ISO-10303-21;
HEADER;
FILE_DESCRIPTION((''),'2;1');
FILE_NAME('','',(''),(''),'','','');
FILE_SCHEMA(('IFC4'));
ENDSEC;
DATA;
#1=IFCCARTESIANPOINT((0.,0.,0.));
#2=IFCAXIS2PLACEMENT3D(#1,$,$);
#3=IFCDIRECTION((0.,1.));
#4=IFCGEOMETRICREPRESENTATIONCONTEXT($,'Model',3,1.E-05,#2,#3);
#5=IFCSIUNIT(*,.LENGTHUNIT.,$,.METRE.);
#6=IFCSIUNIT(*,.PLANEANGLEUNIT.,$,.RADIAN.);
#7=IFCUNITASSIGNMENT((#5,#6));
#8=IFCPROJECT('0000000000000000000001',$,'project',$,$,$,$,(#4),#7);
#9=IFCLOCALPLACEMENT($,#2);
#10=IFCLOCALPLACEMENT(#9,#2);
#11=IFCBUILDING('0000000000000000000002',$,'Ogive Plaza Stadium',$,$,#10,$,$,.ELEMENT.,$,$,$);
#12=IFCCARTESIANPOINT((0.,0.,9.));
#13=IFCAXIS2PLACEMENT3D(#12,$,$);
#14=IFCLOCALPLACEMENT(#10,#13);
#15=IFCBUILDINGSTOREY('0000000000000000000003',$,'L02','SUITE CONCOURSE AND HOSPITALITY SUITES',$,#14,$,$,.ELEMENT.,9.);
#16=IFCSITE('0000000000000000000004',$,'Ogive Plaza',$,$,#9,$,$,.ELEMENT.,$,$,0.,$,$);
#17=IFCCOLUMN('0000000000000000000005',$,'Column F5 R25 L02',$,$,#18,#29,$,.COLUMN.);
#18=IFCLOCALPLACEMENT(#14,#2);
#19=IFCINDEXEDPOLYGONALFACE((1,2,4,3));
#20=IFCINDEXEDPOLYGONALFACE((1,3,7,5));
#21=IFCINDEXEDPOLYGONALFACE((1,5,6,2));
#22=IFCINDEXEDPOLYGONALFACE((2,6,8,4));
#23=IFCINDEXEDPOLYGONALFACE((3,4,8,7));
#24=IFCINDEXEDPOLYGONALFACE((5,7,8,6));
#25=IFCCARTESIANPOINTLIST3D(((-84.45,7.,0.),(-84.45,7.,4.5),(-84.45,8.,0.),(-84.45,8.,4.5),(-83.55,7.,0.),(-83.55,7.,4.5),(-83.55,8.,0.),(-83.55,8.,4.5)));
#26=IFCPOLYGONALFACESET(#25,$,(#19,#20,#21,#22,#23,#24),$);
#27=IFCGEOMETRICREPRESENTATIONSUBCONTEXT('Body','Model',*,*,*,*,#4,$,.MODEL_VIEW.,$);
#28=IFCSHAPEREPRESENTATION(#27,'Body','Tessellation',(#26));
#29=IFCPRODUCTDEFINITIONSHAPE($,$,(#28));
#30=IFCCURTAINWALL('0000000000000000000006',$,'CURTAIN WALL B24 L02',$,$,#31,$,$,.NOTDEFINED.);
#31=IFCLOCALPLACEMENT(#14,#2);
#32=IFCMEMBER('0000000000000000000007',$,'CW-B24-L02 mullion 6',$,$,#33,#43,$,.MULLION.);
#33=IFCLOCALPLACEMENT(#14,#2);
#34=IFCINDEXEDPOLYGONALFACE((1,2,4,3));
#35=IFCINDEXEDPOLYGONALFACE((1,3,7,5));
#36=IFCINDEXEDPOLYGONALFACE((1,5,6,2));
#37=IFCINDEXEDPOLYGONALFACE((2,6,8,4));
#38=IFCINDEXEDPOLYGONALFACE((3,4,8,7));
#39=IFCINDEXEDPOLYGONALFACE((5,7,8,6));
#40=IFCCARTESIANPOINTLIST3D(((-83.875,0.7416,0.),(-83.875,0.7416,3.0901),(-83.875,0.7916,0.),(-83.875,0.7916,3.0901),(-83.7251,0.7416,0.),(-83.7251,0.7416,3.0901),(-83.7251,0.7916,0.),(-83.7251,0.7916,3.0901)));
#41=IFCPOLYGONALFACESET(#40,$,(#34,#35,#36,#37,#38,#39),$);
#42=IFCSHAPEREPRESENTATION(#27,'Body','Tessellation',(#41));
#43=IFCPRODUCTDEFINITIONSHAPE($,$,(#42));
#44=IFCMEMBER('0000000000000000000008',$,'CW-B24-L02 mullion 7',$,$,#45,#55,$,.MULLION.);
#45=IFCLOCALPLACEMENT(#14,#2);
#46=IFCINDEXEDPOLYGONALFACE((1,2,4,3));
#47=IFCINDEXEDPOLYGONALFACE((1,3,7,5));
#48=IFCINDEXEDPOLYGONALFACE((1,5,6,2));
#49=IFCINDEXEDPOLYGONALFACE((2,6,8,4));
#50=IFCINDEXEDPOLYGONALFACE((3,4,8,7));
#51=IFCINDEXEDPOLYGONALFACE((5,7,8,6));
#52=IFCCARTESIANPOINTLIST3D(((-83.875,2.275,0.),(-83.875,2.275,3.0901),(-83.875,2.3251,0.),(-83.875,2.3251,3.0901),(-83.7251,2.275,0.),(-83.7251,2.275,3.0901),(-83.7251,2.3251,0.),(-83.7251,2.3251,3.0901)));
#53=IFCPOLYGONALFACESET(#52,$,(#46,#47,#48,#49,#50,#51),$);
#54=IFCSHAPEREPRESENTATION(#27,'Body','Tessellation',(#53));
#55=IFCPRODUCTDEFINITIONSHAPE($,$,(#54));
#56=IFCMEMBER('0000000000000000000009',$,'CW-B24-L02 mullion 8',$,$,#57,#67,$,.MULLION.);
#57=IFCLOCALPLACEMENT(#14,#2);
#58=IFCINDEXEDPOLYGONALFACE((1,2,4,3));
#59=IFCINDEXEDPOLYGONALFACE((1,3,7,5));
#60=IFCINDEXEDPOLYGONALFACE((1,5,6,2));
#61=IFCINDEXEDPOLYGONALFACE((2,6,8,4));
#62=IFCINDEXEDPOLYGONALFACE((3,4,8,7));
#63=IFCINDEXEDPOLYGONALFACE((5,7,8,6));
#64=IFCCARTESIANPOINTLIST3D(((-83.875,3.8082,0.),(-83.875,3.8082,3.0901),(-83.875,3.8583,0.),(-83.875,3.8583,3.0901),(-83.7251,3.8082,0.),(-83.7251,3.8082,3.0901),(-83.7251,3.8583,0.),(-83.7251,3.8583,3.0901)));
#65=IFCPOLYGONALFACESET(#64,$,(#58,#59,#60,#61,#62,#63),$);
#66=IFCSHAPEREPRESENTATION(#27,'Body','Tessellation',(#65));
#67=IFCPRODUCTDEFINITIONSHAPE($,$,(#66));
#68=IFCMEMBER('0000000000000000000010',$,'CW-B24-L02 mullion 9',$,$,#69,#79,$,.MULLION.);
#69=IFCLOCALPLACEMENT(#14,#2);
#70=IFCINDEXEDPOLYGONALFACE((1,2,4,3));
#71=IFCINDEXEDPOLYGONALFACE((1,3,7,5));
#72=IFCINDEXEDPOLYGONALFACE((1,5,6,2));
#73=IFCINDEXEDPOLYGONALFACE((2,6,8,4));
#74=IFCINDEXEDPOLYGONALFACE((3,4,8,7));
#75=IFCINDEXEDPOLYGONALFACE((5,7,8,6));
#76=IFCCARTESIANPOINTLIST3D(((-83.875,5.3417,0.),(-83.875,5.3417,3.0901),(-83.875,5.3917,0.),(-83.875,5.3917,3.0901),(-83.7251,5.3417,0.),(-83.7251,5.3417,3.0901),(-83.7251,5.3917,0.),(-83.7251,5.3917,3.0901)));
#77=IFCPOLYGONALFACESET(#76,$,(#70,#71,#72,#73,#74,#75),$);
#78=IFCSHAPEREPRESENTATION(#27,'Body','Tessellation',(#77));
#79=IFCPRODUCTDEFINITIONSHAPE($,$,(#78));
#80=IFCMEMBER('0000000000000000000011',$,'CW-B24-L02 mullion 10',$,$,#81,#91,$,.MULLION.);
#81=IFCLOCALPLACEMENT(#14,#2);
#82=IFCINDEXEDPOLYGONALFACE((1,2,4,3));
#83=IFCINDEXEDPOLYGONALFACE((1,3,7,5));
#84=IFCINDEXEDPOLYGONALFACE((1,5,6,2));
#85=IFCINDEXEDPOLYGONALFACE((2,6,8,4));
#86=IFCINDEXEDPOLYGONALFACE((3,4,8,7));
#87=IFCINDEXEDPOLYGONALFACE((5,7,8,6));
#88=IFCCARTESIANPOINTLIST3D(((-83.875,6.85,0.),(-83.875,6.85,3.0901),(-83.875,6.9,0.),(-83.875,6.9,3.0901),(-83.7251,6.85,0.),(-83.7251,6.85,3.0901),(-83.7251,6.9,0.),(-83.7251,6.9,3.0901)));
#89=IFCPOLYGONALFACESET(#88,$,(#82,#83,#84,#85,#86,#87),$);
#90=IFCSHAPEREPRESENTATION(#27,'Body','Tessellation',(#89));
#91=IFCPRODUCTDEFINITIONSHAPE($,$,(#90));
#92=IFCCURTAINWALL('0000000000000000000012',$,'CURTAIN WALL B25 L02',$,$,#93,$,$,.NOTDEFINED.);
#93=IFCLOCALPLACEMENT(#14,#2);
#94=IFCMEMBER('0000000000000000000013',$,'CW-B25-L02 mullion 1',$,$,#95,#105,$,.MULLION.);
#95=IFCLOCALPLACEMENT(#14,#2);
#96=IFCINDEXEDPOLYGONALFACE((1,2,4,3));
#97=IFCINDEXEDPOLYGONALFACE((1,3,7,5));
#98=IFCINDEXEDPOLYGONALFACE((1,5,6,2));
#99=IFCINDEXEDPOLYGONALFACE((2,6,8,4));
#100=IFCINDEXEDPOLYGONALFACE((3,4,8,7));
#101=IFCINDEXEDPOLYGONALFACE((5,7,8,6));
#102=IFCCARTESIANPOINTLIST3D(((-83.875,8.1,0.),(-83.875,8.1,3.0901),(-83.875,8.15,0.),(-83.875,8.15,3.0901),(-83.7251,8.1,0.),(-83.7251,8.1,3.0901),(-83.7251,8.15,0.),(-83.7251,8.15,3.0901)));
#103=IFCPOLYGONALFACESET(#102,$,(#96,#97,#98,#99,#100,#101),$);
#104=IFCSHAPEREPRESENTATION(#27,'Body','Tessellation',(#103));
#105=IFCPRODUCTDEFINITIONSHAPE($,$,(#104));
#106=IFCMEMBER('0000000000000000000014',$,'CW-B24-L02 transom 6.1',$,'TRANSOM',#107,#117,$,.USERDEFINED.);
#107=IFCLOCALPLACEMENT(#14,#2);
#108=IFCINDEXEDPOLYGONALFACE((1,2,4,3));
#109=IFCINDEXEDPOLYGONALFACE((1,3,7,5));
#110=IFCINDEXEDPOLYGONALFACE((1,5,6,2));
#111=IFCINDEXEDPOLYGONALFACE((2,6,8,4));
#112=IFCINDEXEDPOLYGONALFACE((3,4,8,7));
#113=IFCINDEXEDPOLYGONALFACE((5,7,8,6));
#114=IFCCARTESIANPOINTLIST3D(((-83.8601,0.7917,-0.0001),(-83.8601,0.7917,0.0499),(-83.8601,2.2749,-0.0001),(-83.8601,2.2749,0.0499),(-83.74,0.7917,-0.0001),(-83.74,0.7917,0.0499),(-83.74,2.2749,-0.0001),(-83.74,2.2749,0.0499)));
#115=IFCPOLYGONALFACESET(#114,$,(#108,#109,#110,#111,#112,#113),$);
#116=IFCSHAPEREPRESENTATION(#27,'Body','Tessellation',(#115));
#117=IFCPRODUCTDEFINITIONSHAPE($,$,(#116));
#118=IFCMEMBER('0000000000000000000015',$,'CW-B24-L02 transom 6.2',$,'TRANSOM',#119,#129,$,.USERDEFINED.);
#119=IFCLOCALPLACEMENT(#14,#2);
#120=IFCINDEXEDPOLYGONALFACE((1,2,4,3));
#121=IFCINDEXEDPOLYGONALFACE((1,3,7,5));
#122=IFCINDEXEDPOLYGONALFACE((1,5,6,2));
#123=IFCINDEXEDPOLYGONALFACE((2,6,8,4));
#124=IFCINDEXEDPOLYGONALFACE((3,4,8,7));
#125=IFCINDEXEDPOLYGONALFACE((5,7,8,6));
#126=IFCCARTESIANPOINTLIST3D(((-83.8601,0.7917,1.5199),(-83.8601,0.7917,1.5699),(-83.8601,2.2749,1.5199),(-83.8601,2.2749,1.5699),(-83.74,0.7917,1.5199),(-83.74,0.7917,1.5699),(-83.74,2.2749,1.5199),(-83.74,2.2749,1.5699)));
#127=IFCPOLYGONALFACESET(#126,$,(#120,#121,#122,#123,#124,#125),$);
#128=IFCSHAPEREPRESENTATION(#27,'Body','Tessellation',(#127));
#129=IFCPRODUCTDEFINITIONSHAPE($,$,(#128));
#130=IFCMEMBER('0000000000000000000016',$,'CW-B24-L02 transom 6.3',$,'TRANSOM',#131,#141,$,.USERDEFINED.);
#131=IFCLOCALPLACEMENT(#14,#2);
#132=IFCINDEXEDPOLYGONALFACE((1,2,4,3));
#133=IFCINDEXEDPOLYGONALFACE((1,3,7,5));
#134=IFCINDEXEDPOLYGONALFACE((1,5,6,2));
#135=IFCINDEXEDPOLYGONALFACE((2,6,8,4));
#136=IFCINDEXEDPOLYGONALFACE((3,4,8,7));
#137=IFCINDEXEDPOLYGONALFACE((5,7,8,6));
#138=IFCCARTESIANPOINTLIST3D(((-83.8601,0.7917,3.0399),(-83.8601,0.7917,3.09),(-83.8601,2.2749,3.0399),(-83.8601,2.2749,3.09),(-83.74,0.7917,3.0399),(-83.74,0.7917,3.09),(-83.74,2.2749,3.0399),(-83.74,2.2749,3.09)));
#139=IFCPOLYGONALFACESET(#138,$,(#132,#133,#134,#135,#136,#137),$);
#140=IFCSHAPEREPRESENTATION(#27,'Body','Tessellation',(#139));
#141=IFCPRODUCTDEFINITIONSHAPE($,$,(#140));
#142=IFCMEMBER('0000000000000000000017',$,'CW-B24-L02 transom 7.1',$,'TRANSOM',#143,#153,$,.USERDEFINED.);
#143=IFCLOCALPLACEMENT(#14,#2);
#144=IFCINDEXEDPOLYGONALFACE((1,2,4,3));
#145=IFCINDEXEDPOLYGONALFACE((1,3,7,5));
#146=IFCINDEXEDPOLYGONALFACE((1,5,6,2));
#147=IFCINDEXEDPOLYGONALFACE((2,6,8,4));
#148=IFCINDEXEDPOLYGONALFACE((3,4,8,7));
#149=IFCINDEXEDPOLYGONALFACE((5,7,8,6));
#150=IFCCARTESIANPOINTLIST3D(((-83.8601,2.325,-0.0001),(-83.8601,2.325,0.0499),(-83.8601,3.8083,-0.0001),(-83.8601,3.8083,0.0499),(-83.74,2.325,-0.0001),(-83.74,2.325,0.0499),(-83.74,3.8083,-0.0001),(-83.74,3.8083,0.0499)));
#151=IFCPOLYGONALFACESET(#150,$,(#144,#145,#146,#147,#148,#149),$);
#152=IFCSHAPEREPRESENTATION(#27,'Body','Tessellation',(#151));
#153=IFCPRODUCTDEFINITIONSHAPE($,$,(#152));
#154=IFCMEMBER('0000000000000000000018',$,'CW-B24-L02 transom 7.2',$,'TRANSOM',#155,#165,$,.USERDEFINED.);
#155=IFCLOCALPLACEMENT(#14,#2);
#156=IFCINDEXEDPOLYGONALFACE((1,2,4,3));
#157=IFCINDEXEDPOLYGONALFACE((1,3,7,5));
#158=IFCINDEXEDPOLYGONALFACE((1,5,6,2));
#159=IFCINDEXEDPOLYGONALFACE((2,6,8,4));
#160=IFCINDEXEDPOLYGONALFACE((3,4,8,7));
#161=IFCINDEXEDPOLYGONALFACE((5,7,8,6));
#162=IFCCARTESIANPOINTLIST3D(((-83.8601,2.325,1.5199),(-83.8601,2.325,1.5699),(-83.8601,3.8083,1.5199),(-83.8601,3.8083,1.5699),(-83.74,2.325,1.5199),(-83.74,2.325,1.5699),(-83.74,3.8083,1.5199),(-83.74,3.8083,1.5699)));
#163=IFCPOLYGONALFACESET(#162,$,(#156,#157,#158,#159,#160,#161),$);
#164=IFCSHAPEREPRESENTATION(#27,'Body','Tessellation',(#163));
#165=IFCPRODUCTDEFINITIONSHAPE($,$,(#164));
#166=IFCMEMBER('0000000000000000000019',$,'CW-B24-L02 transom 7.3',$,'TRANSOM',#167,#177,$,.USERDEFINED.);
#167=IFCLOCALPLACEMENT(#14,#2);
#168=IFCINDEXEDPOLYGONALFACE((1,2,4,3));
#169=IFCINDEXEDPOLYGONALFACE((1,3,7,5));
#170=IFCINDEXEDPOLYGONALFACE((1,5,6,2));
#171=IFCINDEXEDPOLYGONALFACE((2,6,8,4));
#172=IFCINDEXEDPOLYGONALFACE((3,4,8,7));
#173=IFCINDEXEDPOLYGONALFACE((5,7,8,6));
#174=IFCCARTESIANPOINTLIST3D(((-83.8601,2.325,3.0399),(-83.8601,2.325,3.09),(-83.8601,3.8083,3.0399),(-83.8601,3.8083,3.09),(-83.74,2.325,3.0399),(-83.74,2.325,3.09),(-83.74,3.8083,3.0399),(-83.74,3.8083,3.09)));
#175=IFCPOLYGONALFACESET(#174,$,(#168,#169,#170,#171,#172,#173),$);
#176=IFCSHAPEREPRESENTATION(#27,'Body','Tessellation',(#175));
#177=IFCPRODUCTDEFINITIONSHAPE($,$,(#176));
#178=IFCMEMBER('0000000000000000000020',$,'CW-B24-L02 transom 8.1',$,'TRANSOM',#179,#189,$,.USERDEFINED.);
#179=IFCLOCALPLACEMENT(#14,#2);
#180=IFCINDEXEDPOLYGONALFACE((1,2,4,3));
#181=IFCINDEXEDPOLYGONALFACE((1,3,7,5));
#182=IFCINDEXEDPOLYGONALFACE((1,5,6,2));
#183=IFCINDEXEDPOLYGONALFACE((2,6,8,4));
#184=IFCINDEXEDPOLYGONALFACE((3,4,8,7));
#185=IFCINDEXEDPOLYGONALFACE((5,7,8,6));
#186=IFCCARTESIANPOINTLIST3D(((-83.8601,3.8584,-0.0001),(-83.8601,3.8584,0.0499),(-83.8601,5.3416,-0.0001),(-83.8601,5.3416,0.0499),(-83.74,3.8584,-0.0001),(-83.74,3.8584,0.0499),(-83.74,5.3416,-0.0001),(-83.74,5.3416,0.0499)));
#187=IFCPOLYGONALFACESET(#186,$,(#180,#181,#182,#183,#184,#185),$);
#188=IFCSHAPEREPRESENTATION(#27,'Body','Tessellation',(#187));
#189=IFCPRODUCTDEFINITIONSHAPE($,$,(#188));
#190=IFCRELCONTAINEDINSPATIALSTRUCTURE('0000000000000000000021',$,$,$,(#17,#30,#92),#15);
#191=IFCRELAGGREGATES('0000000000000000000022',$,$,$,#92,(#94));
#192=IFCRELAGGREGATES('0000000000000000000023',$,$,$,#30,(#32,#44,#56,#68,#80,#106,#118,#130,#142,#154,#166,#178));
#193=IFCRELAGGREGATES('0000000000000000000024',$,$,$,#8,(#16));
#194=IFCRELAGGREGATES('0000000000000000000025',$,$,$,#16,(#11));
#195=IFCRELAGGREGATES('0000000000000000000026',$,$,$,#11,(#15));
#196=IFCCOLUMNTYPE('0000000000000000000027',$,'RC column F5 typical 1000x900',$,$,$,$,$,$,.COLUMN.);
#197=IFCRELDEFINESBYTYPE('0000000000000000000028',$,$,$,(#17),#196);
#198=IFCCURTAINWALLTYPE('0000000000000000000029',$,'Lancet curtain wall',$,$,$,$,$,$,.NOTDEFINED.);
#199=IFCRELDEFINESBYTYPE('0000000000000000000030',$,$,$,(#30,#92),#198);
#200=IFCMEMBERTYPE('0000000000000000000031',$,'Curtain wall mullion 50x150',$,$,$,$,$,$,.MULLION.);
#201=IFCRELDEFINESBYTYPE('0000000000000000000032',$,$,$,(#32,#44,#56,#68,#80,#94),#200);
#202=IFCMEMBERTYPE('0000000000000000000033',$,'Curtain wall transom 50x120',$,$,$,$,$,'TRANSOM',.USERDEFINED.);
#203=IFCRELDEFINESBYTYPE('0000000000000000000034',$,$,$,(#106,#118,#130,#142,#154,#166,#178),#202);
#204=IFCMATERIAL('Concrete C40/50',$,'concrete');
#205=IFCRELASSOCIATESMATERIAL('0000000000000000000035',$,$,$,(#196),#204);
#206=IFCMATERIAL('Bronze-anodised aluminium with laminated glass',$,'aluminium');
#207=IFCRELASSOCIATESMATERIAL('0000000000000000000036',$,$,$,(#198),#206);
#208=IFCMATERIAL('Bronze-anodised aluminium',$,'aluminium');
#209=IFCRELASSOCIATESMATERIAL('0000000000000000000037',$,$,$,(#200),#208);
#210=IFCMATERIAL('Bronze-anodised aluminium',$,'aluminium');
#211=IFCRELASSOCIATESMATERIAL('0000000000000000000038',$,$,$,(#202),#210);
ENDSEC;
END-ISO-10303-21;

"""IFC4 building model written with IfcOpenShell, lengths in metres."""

from ifc_helpers import new_model, si_unit, direction, frame, origin, origin_2d, place, context, subcontext, project, spatial, rectangle, extrude, material, material_profile, profile_set, type_object, element, aggregate, save


model = new_model("IFC4")

# Units and contexts
model_context = context("Model", 3, precision=1e-05, world=origin(), true_north=direction((0.0, 1.0)))
body_context = subcontext(model_context, "Body", "Model", "MODEL_VIEW")
ifc_project = project(units=[si_unit("LENGTHUNIT", "METRE"), si_unit("PLANEANGLEUNIT", "RADIAN")], contexts=[model_context])

# Site, building, storey
site_placement = place(None, origin())
site = spatial("IfcSite", under=ifc_project, at=site_placement, Name="Ogive Plaza", CompositionType="ELEMENT", RefElevation=0.0)
building_placement = place(site_placement, origin())
building = spatial("IfcBuilding", under=site, at=building_placement, Name="Ogive Plaza Stadium", CompositionType="ELEMENT")
storey_placement = place(building_placement, frame((0.0, 0.0, 9.0)))
storey = spatial("IfcBuildingStorey", under=building, at=storey_placement, Name="L02", Description="SUITE CONCOURSE AND HOSPITALITY SUITES", CompositionType="ELEMENT", Elevation=9.0)

# Column
ifc_material_1 = material(Name="Concrete C40/50", Category="concrete")
ifc_material_profile_1 = material_profile(ifc_material_1, rectangle(XDim=1.0, YDim=0.8999, at=origin_2d()), Name="RC 1000x900")
ifc_profile_set_1 = profile_set([ifc_material_profile_1], Name="Concrete C40/50")
column_type = type_object("IfcColumnType", Name="RC column F5 typical 1000x900", PredefinedType="COLUMN", material=ifc_profile_set_1)
column_placement = place(storey_placement, frame((-84.0, 7.5, 0.0), z_axis=(0.0, 0.0, 1.0), x_axis=(0.0, -1.0, 0.0)))
element("IfcColumn", 1, at=column_placement, inside=storey, type_object=column_type, Name="Column F5 R25 L02", PredefinedType="COLUMN", context=body_context, shape_type="SweptSolid", body=[
    extrude(rectangle(XDim=1.0, YDim=0.8999, at=origin_2d()), origin(), (0.0, 0.0, 1.0), 4.5),
])

# Curtain wall, members
ifc_material_2 = material(Name="Bronze-anodised aluminium with laminated glass", Category="aluminium")
curtain_wall_type = type_object("IfcCurtainWallType", Name="Lancet curtain wall", PredefinedType="NOTDEFINED", material=ifc_material_2)
curtain_wall_1_placement = place(storey_placement, origin())
curtain_wall_1 = element("IfcCurtainWall", 2, at=curtain_wall_1_placement, inside=storey, type_object=curtain_wall_type, Name="CURTAIN WALL B24 L02", PredefinedType="NOTDEFINED")
ifc_material_3 = material(Name="Bronze-anodised aluminium", Category="aluminium")
ifc_material_profile_2 = material_profile(ifc_material_3, rectangle(XDim=0.1499, YDim=0.05, at=origin_2d()), Name="AL 150x50")
ifc_profile_set_2 = profile_set([ifc_material_profile_2], Name="Bronze-anodised aluminium")
member_type_1 = type_object("IfcMemberType", Name="Curtain wall mullion 50x150", PredefinedType="MULLION", material=ifc_profile_set_2)
member_1_placement = place(storey_placement, frame((-83.8, 0.7666, 0.0), z_axis=(0.0, 0.0, 1.0), x_axis=(-1.0, 0.0, 0.0)))
member_1 = element("IfcMember", 3, at=member_1_placement, type_object=member_type_1, Name="CW-B24-L02 mullion 6", PredefinedType="MULLION", context=body_context, shape_type="SweptSolid", body=[
    extrude(rectangle(XDim=0.1499, YDim=0.05, at=origin_2d()), origin(), (0.0, 0.0, 1.0), 3.0901),
])
member_2_placement = place(storey_placement, frame((-83.8, 2.3, 0.0), z_axis=(0.0, 0.0, 1.0), x_axis=(-1.0, 0.0, 0.0)))
member_2 = element("IfcMember", 4, at=member_2_placement, type_object=member_type_1, Name="CW-B24-L02 mullion 7", PredefinedType="MULLION", context=body_context, shape_type="SweptSolid", body=[
    extrude(rectangle(XDim=0.1499, YDim=0.05, at=origin_2d()), origin(), (0.0, 0.0, 1.0), 3.0901),
])
member_3_placement = place(storey_placement, frame((-83.8, 3.8333, 0.0), z_axis=(0.0, 0.0, 1.0), x_axis=(-1.0, 0.0, 0.0)))
member_3 = element("IfcMember", 5, at=member_3_placement, type_object=member_type_1, Name="CW-B24-L02 mullion 8", PredefinedType="MULLION", context=body_context, shape_type="SweptSolid", body=[
    extrude(rectangle(XDim=0.1499, YDim=0.05, at=origin_2d()), origin(), (0.0, 0.0, 1.0), 3.0901),
])
member_4_placement = place(storey_placement, frame((-83.8, 5.3667, 0.0), z_axis=(0.0, 0.0, 1.0), x_axis=(-1.0, 0.0, 0.0)))
member_4 = element("IfcMember", 6, at=member_4_placement, type_object=member_type_1, Name="CW-B24-L02 mullion 9", PredefinedType="MULLION", context=body_context, shape_type="SweptSolid", body=[
    extrude(rectangle(XDim=0.1499, YDim=0.05, at=origin_2d()), origin(), (0.0, 0.0, 1.0), 3.0901),
])
member_5_placement = place(storey_placement, frame((-83.8, 6.875, 0.0), z_axis=(0.0, 0.0, 1.0), x_axis=(-1.0, 0.0, 0.0)))
member_5 = element("IfcMember", 7, at=member_5_placement, type_object=member_type_1, Name="CW-B24-L02 mullion 10", PredefinedType="MULLION", context=body_context, shape_type="SweptSolid", body=[
    extrude(rectangle(XDim=0.1499, YDim=0.05, at=origin_2d()), origin(), (0.0, 0.0, 1.0), 3.0901),
])

# Curtain wall, member
curtain_wall_2_placement = place(storey_placement, origin())
curtain_wall_2 = element("IfcCurtainWall", 8, at=curtain_wall_2_placement, inside=storey, type_object=curtain_wall_type, Name="CURTAIN WALL B25 L02", PredefinedType="NOTDEFINED")
member_6_placement = place(storey_placement, frame((-83.8, 8.125, 0.0), z_axis=(0.0, 0.0, 1.0), x_axis=(-1.0, 0.0, 0.0)))
member_6 = element("IfcMember", 9, at=member_6_placement, type_object=member_type_1, Name="CW-B25-L02 mullion 1", PredefinedType="MULLION", context=body_context, shape_type="SweptSolid", body=[
    extrude(rectangle(XDim=0.1499, YDim=0.05, at=origin_2d()), origin(), (0.0, 0.0, 1.0), 3.0901),
])

# Members
ifc_material_4 = material(Name="Bronze-anodised aluminium", Category="aluminium")
ifc_material_profile_3 = material_profile(ifc_material_4, rectangle(XDim=0.1201, YDim=0.05, at=origin_2d()), Name="AL 120x50")
ifc_profile_set_3 = profile_set([ifc_material_profile_3], Name="Bronze-anodised aluminium")
member_type_2 = type_object("IfcMemberType", Name="Curtain wall transom 50x120", ElementType="TRANSOM", PredefinedType="USERDEFINED", material=ifc_profile_set_3)
member_7_placement = place(storey_placement, frame((-83.8, 0.7917, 0.0249), z_axis=(0.0, 1.0, 0.0), x_axis=(-1.0, 0.0, 0.0)))
member_7 = element("IfcMember", 10, at=member_7_placement, type_object=member_type_2, Name="CW-B24-L02 transom 6.1", ObjectType="TRANSOM", PredefinedType="USERDEFINED", context=body_context, shape_type="SweptSolid", body=[
    extrude(rectangle(XDim=0.1201, YDim=0.05, at=origin_2d()), origin(), (0.0, 0.0, 1.0), 1.4832),
])
member_8_placement = place(storey_placement, frame((-83.8, 0.7917, 1.5449), z_axis=(0.0, 1.0, 0.0), x_axis=(-1.0, 0.0, 0.0)))
member_8 = element("IfcMember", 11, at=member_8_placement, type_object=member_type_2, Name="CW-B24-L02 transom 6.2", ObjectType="TRANSOM", PredefinedType="USERDEFINED", context=body_context, shape_type="SweptSolid", body=[
    extrude(rectangle(XDim=0.1201, YDim=0.05, at=origin_2d()), origin(), (0.0, 0.0, 1.0), 1.4832),
])
member_9_placement = place(storey_placement, frame((-83.8, 0.7917, 3.0649), z_axis=(0.0, 1.0, 0.0), x_axis=(-1.0, 0.0, 0.0)))
member_9 = element("IfcMember", 12, at=member_9_placement, type_object=member_type_2, Name="CW-B24-L02 transom 6.3", ObjectType="TRANSOM", PredefinedType="USERDEFINED", context=body_context, shape_type="SweptSolid", body=[
    extrude(rectangle(XDim=0.1201, YDim=0.05, at=origin_2d()), origin(), (0.0, 0.0, 1.0), 1.4832),
])
member_10_placement = place(storey_placement, frame((-83.8, 2.325, 0.0249), z_axis=(0.0, 1.0, 0.0), x_axis=(-1.0, 0.0, 0.0)))
member_10 = element("IfcMember", 13, at=member_10_placement, type_object=member_type_2, Name="CW-B24-L02 transom 7.1", ObjectType="TRANSOM", PredefinedType="USERDEFINED", context=body_context, shape_type="SweptSolid", body=[
    extrude(rectangle(XDim=0.1201, YDim=0.05, at=origin_2d()), origin(), (0.0, 0.0, 1.0), 1.4834),
])
member_11_placement = place(storey_placement, frame((-83.8, 2.325, 1.5449), z_axis=(0.0, 1.0, 0.0), x_axis=(-1.0, 0.0, 0.0)))
member_11 = element("IfcMember", 14, at=member_11_placement, type_object=member_type_2, Name="CW-B24-L02 transom 7.2", ObjectType="TRANSOM", PredefinedType="USERDEFINED", context=body_context, shape_type="SweptSolid", body=[
    extrude(rectangle(XDim=0.1201, YDim=0.05, at=origin_2d()), origin(), (0.0, 0.0, 1.0), 1.4834),
])
member_12_placement = place(storey_placement, frame((-83.8, 2.325, 3.0649), z_axis=(0.0, 1.0, 0.0), x_axis=(-1.0, 0.0, 0.0)))
member_12 = element("IfcMember", 15, at=member_12_placement, type_object=member_type_2, Name="CW-B24-L02 transom 7.3", ObjectType="TRANSOM", PredefinedType="USERDEFINED", context=body_context, shape_type="SweptSolid", body=[
    extrude(rectangle(XDim=0.1201, YDim=0.05, at=origin_2d()), origin(), (0.0, 0.0, 1.0), 1.4834),
])
member_13_placement = place(storey_placement, frame((-83.8, 3.8584, 0.0249), z_axis=(0.0, 1.0, 0.0), x_axis=(-1.0, 0.0, 0.0)))
member_13 = element("IfcMember", 16, at=member_13_placement, type_object=member_type_2, Name="CW-B24-L02 transom 8.1", ObjectType="TRANSOM", PredefinedType="USERDEFINED", context=body_context, shape_type="SweptSolid", body=[
    extrude(rectangle(XDim=0.1201, YDim=0.05, at=origin_2d()), origin(), (0.0, 0.0, 1.0), 1.4832),
])
aggregate(curtain_wall_2, [member_6])

aggregate(curtain_wall_1, [member_1, member_2, member_3, member_4, member_5, member_7, member_8, member_9, member_10, member_11, member_12, member_13])

save(model, "model.ifc")
